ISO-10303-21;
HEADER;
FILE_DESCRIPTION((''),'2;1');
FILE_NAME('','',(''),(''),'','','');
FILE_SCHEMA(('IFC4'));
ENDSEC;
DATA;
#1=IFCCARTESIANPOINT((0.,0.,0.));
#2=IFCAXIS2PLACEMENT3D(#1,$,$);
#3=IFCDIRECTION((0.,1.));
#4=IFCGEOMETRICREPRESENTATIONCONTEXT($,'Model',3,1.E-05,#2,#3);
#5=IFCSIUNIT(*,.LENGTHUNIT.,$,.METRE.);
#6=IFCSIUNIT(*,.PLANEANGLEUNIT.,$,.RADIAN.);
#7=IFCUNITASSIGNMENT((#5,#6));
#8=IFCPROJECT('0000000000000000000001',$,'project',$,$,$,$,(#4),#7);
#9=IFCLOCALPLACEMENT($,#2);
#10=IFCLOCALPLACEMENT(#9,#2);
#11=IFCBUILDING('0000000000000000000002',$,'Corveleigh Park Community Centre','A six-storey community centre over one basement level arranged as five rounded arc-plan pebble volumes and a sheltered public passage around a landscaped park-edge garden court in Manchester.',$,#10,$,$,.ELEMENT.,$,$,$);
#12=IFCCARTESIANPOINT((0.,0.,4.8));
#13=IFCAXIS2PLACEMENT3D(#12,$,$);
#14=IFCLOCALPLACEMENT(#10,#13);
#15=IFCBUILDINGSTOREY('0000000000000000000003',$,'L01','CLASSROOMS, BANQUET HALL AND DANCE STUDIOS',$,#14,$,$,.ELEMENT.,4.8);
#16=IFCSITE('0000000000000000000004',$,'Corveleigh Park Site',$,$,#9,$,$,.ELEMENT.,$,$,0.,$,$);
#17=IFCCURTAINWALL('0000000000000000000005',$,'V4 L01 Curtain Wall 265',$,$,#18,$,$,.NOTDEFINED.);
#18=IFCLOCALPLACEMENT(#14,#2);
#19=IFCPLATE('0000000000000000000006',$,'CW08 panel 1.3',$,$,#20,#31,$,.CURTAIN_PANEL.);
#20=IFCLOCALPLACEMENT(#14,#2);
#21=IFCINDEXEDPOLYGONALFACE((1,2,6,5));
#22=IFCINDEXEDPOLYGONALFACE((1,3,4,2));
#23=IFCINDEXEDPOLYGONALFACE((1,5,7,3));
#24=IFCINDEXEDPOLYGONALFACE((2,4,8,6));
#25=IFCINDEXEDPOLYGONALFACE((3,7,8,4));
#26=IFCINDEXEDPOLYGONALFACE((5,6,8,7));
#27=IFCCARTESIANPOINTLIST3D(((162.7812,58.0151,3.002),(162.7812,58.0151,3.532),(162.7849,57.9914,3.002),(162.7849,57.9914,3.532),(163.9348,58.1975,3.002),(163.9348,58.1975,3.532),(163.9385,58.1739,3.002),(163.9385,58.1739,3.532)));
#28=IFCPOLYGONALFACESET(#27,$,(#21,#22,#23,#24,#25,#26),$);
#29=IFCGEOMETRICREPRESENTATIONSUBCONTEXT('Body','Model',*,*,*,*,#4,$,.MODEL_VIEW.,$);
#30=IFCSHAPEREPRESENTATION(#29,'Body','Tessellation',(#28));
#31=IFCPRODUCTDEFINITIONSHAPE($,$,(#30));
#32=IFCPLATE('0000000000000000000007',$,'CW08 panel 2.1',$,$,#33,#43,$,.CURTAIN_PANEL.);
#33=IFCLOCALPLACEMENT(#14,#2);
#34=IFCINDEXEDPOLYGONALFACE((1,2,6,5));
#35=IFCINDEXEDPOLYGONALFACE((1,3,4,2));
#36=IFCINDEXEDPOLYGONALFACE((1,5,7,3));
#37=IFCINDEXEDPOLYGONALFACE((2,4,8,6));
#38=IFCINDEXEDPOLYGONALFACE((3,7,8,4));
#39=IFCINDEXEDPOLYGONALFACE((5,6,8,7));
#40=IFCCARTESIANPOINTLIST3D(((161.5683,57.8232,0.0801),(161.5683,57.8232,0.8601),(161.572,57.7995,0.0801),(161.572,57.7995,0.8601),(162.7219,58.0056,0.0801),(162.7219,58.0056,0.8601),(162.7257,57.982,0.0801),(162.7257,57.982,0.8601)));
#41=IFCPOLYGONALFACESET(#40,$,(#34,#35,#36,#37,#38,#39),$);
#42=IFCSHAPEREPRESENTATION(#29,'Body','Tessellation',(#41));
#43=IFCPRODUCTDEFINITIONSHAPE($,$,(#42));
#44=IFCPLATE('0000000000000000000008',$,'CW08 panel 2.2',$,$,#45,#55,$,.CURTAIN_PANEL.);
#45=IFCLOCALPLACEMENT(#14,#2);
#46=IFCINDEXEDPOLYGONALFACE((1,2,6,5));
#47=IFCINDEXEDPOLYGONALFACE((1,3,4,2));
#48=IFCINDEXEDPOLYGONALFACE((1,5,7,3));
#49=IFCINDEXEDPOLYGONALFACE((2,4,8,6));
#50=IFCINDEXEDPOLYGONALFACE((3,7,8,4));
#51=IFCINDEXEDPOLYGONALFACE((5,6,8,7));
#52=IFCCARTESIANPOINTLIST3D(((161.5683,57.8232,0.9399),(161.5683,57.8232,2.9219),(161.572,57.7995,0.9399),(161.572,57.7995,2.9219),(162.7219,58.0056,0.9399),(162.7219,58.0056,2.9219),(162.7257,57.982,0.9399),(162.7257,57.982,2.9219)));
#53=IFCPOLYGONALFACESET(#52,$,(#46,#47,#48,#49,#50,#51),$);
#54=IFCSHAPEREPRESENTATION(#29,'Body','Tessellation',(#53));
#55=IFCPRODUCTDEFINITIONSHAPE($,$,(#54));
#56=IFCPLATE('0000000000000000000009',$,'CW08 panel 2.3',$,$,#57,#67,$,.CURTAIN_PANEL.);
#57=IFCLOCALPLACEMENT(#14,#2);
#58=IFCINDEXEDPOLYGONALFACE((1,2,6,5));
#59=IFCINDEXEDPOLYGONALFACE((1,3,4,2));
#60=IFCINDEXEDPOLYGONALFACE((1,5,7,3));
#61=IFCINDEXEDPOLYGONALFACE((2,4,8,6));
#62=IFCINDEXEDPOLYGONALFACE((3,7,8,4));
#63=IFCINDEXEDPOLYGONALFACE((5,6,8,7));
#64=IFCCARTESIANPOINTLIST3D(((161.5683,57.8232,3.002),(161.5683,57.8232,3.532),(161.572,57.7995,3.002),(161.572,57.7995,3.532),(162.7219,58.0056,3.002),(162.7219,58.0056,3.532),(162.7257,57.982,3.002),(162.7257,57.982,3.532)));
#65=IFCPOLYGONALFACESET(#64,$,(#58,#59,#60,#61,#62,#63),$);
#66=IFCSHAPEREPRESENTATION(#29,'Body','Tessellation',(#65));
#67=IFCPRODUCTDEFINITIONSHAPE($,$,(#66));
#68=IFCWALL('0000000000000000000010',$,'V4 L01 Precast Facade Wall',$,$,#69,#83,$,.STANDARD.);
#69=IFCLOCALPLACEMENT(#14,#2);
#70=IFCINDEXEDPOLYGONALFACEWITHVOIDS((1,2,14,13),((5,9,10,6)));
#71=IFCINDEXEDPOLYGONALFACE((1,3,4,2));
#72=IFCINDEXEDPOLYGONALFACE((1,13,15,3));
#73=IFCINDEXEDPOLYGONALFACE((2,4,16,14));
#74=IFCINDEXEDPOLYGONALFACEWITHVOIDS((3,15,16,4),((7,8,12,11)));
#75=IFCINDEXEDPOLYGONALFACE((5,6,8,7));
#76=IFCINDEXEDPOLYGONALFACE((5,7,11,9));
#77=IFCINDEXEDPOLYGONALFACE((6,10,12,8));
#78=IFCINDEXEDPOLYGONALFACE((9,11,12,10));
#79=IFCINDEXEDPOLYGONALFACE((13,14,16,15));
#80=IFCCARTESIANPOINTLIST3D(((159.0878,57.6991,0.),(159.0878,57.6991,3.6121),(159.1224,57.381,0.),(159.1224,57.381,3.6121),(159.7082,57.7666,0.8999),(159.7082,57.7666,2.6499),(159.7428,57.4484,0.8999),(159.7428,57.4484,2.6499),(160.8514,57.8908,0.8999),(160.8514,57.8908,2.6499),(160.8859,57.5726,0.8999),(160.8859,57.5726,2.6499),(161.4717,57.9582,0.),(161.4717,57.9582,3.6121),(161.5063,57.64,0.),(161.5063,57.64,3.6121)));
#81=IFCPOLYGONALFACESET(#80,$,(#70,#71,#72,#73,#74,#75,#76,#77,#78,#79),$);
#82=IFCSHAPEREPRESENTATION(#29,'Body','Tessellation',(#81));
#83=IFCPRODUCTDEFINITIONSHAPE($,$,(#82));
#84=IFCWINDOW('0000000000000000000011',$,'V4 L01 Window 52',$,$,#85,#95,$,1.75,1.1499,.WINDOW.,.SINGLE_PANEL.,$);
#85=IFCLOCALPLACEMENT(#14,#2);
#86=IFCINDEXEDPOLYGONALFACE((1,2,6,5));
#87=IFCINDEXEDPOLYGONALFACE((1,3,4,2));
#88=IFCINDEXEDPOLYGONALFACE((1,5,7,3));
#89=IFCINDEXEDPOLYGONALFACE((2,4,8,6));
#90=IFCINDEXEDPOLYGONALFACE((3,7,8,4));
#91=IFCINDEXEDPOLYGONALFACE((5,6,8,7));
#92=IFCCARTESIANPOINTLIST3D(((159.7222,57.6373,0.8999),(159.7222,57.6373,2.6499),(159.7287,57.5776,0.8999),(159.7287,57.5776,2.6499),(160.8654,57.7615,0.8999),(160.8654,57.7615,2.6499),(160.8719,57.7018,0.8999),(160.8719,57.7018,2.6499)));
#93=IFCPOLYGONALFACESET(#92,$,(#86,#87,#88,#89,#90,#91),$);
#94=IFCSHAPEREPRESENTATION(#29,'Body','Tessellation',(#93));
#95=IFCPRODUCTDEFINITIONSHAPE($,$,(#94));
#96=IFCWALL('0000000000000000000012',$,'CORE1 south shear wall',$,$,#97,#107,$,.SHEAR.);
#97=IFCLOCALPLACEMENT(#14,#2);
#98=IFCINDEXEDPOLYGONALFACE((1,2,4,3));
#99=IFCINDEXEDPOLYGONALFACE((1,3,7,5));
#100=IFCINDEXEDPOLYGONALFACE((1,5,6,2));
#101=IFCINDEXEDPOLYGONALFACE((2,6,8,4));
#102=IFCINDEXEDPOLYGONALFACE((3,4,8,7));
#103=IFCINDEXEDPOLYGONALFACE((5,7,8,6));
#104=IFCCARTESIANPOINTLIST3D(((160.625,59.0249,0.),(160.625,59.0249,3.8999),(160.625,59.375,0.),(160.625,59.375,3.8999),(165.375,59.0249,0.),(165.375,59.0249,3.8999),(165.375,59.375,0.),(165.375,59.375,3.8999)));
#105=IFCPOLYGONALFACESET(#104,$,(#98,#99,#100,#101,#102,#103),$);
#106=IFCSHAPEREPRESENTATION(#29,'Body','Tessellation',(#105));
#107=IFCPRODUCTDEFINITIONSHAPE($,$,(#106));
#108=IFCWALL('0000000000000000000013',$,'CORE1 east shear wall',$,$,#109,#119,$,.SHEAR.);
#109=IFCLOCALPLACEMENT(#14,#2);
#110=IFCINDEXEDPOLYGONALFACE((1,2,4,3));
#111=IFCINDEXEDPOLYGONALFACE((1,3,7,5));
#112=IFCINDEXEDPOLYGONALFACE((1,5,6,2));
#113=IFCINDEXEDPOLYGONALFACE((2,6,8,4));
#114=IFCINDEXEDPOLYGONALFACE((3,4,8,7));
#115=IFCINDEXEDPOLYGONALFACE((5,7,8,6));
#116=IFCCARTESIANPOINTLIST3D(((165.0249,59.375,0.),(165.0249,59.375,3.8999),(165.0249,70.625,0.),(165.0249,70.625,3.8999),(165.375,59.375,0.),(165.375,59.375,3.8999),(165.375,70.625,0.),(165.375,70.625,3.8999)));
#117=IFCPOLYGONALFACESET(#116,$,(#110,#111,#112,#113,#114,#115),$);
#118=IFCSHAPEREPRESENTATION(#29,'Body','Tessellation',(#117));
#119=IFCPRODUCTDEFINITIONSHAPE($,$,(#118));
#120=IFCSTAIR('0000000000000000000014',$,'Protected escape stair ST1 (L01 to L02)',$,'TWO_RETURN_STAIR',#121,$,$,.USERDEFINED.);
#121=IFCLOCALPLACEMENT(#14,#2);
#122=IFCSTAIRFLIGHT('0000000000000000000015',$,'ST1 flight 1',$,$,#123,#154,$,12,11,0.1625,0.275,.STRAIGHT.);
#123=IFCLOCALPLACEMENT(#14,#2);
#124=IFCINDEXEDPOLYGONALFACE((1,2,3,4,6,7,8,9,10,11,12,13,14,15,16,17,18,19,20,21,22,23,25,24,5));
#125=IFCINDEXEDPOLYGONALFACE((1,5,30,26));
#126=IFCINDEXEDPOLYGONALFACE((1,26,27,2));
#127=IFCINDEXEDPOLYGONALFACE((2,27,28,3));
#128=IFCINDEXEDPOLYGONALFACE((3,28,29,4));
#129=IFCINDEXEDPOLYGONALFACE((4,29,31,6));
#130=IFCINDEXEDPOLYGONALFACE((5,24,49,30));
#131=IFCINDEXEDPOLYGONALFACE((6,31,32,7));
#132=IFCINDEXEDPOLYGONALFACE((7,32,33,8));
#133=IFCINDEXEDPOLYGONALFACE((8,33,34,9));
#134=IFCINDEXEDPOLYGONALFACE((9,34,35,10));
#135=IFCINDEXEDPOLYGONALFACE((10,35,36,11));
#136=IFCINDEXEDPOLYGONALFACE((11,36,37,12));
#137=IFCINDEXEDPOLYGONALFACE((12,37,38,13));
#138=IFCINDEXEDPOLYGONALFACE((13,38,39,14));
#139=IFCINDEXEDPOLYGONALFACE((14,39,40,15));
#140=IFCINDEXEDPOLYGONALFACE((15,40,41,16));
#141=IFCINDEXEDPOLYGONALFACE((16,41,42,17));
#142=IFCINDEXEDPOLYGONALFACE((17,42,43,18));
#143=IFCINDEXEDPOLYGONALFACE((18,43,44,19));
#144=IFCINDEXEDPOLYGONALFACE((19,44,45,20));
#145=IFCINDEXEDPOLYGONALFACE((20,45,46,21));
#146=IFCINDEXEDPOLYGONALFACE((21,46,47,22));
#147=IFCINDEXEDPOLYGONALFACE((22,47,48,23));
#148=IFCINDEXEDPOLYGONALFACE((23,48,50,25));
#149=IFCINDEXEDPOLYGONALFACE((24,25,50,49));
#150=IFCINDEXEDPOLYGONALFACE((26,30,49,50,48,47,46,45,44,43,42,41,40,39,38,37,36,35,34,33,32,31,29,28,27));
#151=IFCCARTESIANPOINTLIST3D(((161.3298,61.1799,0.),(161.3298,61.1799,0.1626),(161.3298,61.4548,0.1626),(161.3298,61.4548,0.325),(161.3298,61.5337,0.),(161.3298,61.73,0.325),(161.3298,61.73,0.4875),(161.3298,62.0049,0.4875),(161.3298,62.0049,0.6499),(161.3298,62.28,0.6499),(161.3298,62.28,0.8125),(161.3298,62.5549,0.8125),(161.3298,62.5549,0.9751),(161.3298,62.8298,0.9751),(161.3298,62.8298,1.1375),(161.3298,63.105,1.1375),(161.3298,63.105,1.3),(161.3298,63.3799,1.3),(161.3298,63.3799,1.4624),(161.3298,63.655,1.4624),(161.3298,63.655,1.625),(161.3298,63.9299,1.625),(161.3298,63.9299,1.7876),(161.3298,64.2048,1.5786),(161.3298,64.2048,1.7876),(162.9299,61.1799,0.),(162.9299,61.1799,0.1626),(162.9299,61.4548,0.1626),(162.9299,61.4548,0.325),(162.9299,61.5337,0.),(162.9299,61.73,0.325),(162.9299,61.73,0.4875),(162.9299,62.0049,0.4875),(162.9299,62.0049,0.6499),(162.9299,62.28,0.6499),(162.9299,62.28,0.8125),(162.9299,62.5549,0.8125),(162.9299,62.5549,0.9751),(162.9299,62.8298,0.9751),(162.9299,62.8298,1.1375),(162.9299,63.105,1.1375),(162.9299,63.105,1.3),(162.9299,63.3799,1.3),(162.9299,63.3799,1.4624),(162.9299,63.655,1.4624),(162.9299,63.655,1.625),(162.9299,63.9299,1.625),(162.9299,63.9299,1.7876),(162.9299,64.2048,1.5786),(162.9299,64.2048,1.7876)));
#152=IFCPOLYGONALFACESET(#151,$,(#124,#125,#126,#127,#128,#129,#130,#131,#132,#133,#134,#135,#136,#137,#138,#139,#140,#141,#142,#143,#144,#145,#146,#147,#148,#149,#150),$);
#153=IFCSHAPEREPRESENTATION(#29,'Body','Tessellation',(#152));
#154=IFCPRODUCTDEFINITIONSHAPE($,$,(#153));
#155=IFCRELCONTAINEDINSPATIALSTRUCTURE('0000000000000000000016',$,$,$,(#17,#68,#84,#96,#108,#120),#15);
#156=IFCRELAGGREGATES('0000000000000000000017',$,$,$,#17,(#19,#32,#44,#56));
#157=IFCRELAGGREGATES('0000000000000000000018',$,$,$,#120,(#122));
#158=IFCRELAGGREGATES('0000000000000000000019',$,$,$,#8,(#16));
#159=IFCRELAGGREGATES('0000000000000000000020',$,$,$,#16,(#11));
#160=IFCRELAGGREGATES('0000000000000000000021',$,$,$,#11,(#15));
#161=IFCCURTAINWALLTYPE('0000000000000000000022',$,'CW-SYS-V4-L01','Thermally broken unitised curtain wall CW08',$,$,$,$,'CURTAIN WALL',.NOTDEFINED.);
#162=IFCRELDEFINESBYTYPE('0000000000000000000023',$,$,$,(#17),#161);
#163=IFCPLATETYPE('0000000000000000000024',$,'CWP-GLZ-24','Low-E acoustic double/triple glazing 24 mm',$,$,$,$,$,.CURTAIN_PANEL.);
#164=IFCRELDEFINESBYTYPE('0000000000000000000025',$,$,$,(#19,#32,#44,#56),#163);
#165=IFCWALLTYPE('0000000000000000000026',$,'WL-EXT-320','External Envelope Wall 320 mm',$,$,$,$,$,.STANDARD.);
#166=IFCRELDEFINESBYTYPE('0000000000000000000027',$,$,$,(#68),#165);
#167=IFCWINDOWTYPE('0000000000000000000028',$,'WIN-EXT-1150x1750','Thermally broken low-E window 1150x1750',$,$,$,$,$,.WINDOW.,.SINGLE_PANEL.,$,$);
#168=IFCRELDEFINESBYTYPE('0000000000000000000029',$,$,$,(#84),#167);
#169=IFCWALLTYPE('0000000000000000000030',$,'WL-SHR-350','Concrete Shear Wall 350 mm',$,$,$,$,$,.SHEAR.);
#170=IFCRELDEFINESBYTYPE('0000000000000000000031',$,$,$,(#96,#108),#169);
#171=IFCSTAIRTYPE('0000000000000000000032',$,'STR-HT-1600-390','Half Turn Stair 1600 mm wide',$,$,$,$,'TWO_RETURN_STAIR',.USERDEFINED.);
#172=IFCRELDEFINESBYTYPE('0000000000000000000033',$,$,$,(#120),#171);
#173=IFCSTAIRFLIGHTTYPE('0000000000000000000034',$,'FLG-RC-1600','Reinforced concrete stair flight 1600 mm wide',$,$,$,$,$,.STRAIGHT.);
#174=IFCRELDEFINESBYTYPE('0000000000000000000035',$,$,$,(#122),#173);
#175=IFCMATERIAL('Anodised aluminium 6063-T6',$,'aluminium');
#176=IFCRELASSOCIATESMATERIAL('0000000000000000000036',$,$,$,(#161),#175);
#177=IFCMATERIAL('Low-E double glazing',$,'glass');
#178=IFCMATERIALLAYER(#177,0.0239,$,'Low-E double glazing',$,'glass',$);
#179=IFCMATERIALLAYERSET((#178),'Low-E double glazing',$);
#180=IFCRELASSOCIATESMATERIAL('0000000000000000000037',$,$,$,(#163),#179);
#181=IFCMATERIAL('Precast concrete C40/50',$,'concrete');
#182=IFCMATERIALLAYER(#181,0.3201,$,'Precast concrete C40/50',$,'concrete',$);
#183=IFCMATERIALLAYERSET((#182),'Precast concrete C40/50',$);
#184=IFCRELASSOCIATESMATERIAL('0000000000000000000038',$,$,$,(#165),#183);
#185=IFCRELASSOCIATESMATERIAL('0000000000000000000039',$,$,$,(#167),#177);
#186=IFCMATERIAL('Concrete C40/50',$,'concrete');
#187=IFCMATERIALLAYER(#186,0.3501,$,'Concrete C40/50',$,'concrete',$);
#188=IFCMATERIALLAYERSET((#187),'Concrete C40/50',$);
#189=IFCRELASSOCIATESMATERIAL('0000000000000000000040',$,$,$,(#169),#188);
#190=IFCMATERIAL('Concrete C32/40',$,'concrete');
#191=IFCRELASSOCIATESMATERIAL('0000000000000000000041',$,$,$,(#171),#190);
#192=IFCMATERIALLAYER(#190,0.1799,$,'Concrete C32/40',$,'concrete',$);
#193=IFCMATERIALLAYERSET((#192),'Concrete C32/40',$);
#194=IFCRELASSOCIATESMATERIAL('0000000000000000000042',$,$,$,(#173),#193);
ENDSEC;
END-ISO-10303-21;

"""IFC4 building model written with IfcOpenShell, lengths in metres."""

from ifc_helpers import new_model, si_unit, direction, frame, frame_2d, origin, origin_2d, place, context, subcontext, project, spatial, polyline, rectangle, outline, extrude, material, layer, layer_set, type_object, element, fill, aggregate, save


model = new_model("IFC4")

# Units and contexts
model_context = context("Model", 3, precision=1e-05, world=origin(), true_north=direction((0.0, 1.0)))
body_context = subcontext(model_context, "Body", "Model", "MODEL_VIEW")
ifc_project = project(units=[si_unit("LENGTHUNIT", "METRE"), si_unit("PLANEANGLEUNIT", "RADIAN")], contexts=[model_context])

# Site, building, storey
site_placement = place(None, origin())
site = spatial("IfcSite", under=ifc_project, at=site_placement, Name="Corveleigh Park Site", CompositionType="ELEMENT", RefElevation=0.0)
building_placement = place(site_placement, origin())
building = spatial("IfcBuilding", under=site, at=building_placement, Name="Corveleigh Park Community Centre", Description="A six-storey community centre over one basement level arranged as five rounded arc-plan pebble volumes and a sheltered public passage around a landscaped park-edge garden court in Manchester.", CompositionType="ELEMENT")
storey_placement = place(building_placement, frame((0.0, 0.0, 4.8)))
storey = spatial("IfcBuildingStorey", under=building, at=storey_placement, Name="L01", Description="CLASSROOMS, BANQUET HALL AND DANCE STUDIOS", CompositionType="ELEMENT", Elevation=4.8)

# Curtain wall
ifc_material_1 = material(Name="Anodised aluminium 6063-T6", Category="aluminium")
curtain_wall_type = type_object("IfcCurtainWallType", Name="CW-SYS-V4-L01", Description="Thermally broken unitised curtain wall CW08", ElementType="CURTAIN WALL", PredefinedType="NOTDEFINED", material=ifc_material_1)
curtain_wall_1_placement = place(storey_placement, origin())
curtain_wall_1 = element("IfcCurtainWall", 1, at=curtain_wall_1_placement, inside=storey, type_object=curtain_wall_type, Name="V4 L01 Curtain Wall 265", PredefinedType="NOTDEFINED")

# Plates
ifc_material_2 = material(Name="Low-E double glazing", Category="glass")
ifc_layer_1 = layer(ifc_material_2, 0.0239, Name="Low-E double glazing", Category="glass")
ifc_layer_set_1 = layer_set([ifc_layer_1], Name="Low-E double glazing")
plate_type = type_object("IfcPlateType", Name="CWP-GLZ-24", Description="Low-E acoustic double/triple glazing 24 mm", PredefinedType="CURTAIN_PANEL", material=ifc_layer_set_1)
plate_1_placement = place(storey_placement, frame((163.3599, 58.0945, 3.002), z_axis=(0.0, 0.0, 1.0), x_axis=(-0.987724, -0.156207, 0.0)))
plate_1 = element("IfcPlate", 2, at=plate_1_placement, type_object=plate_type, Name="CW08 panel 1.3", PredefinedType="CURTAIN_PANEL", context=body_context, shape_type="SweptSolid", body=[
    extrude(rectangle(XDim=1.168, YDim=0.0239, at=origin_2d()), origin(), (0.0, 0.0, 1.0), 0.53),
])
plate_2_placement = place(storey_placement, frame((162.147, 57.9026, 0.0801), z_axis=(0.0, 0.0, 1.0), x_axis=(-0.987724, -0.156207, 0.0)))
plate_2 = element("IfcPlate", 3, at=plate_2_placement, type_object=plate_type, Name="CW08 panel 2.1", PredefinedType="CURTAIN_PANEL", context=body_context, shape_type="SweptSolid", body=[
    extrude(rectangle(XDim=1.168, YDim=0.0239, at=origin_2d()), origin(), (0.0, 0.0, 1.0), 0.78),
])
plate_3_placement = place(storey_placement, frame((162.147, 57.9026, 0.9399), z_axis=(0.0, 0.0, 1.0), x_axis=(-0.987724, -0.156207, 0.0)))
plate_3 = element("IfcPlate", 4, at=plate_3_placement, type_object=plate_type, Name="CW08 panel 2.2", PredefinedType="CURTAIN_PANEL", context=body_context, shape_type="SweptSolid", body=[
    extrude(rectangle(XDim=1.168, YDim=0.0239, at=origin_2d()), origin(), (0.0, 0.0, 1.0), 1.9819),
])
plate_4_placement = place(storey_placement, frame((162.147, 57.9026, 3.002), z_axis=(0.0, 0.0, 1.0), x_axis=(-0.987724, -0.156207, 0.0)))
plate_4 = element("IfcPlate", 5, at=plate_4_placement, type_object=plate_type, Name="CW08 panel 2.3", PredefinedType="CURTAIN_PANEL", context=body_context, shape_type="SweptSolid", body=[
    extrude(rectangle(XDim=1.168, YDim=0.0239, at=origin_2d()), origin(), (0.0, 0.0, 1.0), 0.53),
])
aggregate(curtain_wall_1, [plate_1, plate_2, plate_3, plate_4])

# Wall, opening, window
ifc_material_3 = material(Name="Precast concrete C40/50", Category="concrete")
ifc_layer_2 = layer(ifc_material_3, 0.3201, Name="Precast concrete C40/50", Category="concrete")
ifc_layer_set_2 = layer_set([ifc_layer_2], Name="Precast concrete C40/50")
wall_type_1 = type_object("IfcWallType", Name="WL-EXT-320", Description="External Envelope Wall 320 mm", PredefinedType="STANDARD", material=ifc_layer_set_2)
wall_1_placement = place(storey_placement, frame((161.489, 57.7991, 0.0), z_axis=(0.0, 0.0, 1.0), x_axis=(-0.994149, -0.108018, 0.0)))
wall_1 = element("IfcWall", 6, at=wall_1_placement, inside=storey, type_object=wall_type_1, Name="V4 L01 Precast Facade Wall", PredefinedType="STANDARD", context=body_context, shape_type="SweptSolid", body=[
    extrude(rectangle(XDim=2.3979, YDim=0.3201, at=frame_2d((1.199, 0.0))), origin(), (0.0, 0.0, 1.0), 3.6121),
])
opening_placement = place(wall_1_placement, frame((0.624, 0.0, 0.8999)))
opening = element("IfcOpeningElement", 7, at=opening_placement, cuts=wall_1, PredefinedType="OPENING", context=body_context, shape_type="SweptSolid", body=[
    extrude(rectangle(XDim=1.1499, YDim=1.75, at=frame_2d((0.575, 0.875))), frame((0.0, 0.1699, 0.0), z_axis=(0.0, -1.0, 0.0), x_axis=(1.0, 0.0, 0.0)), (0.0, 0.0, 1.0), 0.3401),
])
window_type = type_object("IfcWindowType", Name="WIN-EXT-1150x1750", Description="Thermally broken low-E window 1150x1750", PartitioningType="SINGLE_PANEL", PredefinedType="WINDOW", material=ifc_material_2)
window_placement = place(opening_placement, origin())
window = element("IfcWindow", 8, at=window_placement, inside=storey, type_object=window_type, Name="V4 L01 Window 52", OverallHeight=1.75, OverallWidth=1.1499, PartitioningType="SINGLE_PANEL", PredefinedType="WINDOW", context=body_context, shape_type="SweptSolid", body=[
    extrude(rectangle(XDim=1.1499, YDim=1.75, at=frame_2d((0.575, 0.875))), frame((0.0, 0.03, 0.0), z_axis=(0.0, -1.0, 0.0), x_axis=(1.0, 0.0, 0.0)), (0.0, 0.0, 1.0), 0.0601),
])
fill(opening, window)

# Walls
ifc_material_4 = material(Name="Concrete C40/50", Category="concrete")
ifc_layer_3 = layer(ifc_material_4, 0.3501, Name="Concrete C40/50", Category="concrete")
ifc_layer_set_3 = layer_set([ifc_layer_3], Name="Concrete C40/50")
wall_type_2 = type_object("IfcWallType", Name="WL-SHR-350", Description="Concrete Shear Wall 350 mm", PredefinedType="SHEAR", material=ifc_layer_set_3)
wall_2_placement = place(storey_placement, frame((160.625, 59.2, 0.0), z_axis=(0.0, 0.0, 1.0), x_axis=(1.0, 0.0, 0.0)))
element("IfcWall", 9, at=wall_2_placement, inside=storey, type_object=wall_type_2, Name="CORE1 south shear wall", PredefinedType="SHEAR", context=body_context, shape_type="SweptSolid", body=[
    extrude(rectangle(XDim=4.75, YDim=0.3501, at=frame_2d((2.375, 0.0))), origin(), (0.0, 0.0, 1.0), 3.8999),
])
wall_3_placement = place(storey_placement, frame((165.2, 59.375, 0.0), z_axis=(0.0, 0.0, 1.0), x_axis=(0.0, 1.0, 0.0)))
element("IfcWall", 10, at=wall_3_placement, inside=storey, type_object=wall_type_2, Name="CORE1 east shear wall", PredefinedType="SHEAR", context=body_context, shape_type="SweptSolid", body=[
    extrude(rectangle(XDim=11.25, YDim=0.3501, at=frame_2d((5.625, 0.0))), origin(), (0.0, 0.0, 1.0), 3.8999),
])

# Stair, stair flight
ifc_material_5 = material(Name="Concrete C32/40", Category="concrete")
stair_type = type_object("IfcStairType", Name="STR-HT-1600-390", Description="Half Turn Stair 1600 mm wide", ElementType="TWO_RETURN_STAIR", PredefinedType="USERDEFINED", material=ifc_material_5)
stair_placement = place(storey_placement, origin())
stair = element("IfcStair", 11, at=stair_placement, inside=storey, type_object=stair_type, Name="Protected escape stair ST1 (L01 to L02)", ObjectType="TWO_RETURN_STAIR", PredefinedType="USERDEFINED")
ifc_layer_4 = layer(ifc_material_5, 0.1799, Name="Concrete C32/40", Category="concrete")
ifc_layer_set_4 = layer_set([ifc_layer_4], Name="Concrete C32/40")
stair_flight_type = type_object("IfcStairFlightType", Name="FLG-RC-1600", Description="Reinforced concrete stair flight 1600 mm wide", PredefinedType="STRAIGHT", material=ifc_layer_set_4)
stair_flight_1_placement = place(storey_placement, frame((162.1299, 61.1799, 0.0), z_axis=(0.0, 0.0, 1.0), x_axis=(0.0, 1.0, 0.0)))
stair_flight_1 = element("IfcStairFlight", 12, at=stair_flight_1_placement, type_object=stair_flight_type, Name="ST1 flight 1", NumberOfRisers=12, NumberOfTreads=11, PredefinedType="STRAIGHT", RiserHeight=0.1625, TreadLength=0.275, context=body_context, shape_type="SweptSolid", body=[
    extrude(outline(polyline([(0.0, 0.0), (0.0, 0.1626), (0.2749, 0.1626), (0.2749, 0.325), (0.55, 0.325), (0.55, 0.4875), (0.825, 0.4875), (0.825, 0.6499), (1.1001, 0.6499), (1.1001, 0.8125), (1.375, 0.8125), (1.375, 0.9751), (1.6499, 0.9751), (1.6499, 1.1375), (1.925, 1.1375), (1.925, 1.3), (2.2, 1.3), (2.2, 1.4624), (2.4751, 1.4624), (2.4751, 1.625), (2.75, 1.625), (2.75, 1.7876), (3.0249, 1.7876), (3.0249, 1.95), (3.0249, 1.5786), (0.3538, 0.0), (0.0, 0.0)])), frame((0.0, 0.8, 0.0), z_axis=(0.0, -1.0, 0.0), x_axis=(1.0, 0.0, 0.0)), (0.0, 0.0, 1.0), 1.6001),
])
aggregate(stair, [stair_flight_1])

save(model, "model.ifc")
